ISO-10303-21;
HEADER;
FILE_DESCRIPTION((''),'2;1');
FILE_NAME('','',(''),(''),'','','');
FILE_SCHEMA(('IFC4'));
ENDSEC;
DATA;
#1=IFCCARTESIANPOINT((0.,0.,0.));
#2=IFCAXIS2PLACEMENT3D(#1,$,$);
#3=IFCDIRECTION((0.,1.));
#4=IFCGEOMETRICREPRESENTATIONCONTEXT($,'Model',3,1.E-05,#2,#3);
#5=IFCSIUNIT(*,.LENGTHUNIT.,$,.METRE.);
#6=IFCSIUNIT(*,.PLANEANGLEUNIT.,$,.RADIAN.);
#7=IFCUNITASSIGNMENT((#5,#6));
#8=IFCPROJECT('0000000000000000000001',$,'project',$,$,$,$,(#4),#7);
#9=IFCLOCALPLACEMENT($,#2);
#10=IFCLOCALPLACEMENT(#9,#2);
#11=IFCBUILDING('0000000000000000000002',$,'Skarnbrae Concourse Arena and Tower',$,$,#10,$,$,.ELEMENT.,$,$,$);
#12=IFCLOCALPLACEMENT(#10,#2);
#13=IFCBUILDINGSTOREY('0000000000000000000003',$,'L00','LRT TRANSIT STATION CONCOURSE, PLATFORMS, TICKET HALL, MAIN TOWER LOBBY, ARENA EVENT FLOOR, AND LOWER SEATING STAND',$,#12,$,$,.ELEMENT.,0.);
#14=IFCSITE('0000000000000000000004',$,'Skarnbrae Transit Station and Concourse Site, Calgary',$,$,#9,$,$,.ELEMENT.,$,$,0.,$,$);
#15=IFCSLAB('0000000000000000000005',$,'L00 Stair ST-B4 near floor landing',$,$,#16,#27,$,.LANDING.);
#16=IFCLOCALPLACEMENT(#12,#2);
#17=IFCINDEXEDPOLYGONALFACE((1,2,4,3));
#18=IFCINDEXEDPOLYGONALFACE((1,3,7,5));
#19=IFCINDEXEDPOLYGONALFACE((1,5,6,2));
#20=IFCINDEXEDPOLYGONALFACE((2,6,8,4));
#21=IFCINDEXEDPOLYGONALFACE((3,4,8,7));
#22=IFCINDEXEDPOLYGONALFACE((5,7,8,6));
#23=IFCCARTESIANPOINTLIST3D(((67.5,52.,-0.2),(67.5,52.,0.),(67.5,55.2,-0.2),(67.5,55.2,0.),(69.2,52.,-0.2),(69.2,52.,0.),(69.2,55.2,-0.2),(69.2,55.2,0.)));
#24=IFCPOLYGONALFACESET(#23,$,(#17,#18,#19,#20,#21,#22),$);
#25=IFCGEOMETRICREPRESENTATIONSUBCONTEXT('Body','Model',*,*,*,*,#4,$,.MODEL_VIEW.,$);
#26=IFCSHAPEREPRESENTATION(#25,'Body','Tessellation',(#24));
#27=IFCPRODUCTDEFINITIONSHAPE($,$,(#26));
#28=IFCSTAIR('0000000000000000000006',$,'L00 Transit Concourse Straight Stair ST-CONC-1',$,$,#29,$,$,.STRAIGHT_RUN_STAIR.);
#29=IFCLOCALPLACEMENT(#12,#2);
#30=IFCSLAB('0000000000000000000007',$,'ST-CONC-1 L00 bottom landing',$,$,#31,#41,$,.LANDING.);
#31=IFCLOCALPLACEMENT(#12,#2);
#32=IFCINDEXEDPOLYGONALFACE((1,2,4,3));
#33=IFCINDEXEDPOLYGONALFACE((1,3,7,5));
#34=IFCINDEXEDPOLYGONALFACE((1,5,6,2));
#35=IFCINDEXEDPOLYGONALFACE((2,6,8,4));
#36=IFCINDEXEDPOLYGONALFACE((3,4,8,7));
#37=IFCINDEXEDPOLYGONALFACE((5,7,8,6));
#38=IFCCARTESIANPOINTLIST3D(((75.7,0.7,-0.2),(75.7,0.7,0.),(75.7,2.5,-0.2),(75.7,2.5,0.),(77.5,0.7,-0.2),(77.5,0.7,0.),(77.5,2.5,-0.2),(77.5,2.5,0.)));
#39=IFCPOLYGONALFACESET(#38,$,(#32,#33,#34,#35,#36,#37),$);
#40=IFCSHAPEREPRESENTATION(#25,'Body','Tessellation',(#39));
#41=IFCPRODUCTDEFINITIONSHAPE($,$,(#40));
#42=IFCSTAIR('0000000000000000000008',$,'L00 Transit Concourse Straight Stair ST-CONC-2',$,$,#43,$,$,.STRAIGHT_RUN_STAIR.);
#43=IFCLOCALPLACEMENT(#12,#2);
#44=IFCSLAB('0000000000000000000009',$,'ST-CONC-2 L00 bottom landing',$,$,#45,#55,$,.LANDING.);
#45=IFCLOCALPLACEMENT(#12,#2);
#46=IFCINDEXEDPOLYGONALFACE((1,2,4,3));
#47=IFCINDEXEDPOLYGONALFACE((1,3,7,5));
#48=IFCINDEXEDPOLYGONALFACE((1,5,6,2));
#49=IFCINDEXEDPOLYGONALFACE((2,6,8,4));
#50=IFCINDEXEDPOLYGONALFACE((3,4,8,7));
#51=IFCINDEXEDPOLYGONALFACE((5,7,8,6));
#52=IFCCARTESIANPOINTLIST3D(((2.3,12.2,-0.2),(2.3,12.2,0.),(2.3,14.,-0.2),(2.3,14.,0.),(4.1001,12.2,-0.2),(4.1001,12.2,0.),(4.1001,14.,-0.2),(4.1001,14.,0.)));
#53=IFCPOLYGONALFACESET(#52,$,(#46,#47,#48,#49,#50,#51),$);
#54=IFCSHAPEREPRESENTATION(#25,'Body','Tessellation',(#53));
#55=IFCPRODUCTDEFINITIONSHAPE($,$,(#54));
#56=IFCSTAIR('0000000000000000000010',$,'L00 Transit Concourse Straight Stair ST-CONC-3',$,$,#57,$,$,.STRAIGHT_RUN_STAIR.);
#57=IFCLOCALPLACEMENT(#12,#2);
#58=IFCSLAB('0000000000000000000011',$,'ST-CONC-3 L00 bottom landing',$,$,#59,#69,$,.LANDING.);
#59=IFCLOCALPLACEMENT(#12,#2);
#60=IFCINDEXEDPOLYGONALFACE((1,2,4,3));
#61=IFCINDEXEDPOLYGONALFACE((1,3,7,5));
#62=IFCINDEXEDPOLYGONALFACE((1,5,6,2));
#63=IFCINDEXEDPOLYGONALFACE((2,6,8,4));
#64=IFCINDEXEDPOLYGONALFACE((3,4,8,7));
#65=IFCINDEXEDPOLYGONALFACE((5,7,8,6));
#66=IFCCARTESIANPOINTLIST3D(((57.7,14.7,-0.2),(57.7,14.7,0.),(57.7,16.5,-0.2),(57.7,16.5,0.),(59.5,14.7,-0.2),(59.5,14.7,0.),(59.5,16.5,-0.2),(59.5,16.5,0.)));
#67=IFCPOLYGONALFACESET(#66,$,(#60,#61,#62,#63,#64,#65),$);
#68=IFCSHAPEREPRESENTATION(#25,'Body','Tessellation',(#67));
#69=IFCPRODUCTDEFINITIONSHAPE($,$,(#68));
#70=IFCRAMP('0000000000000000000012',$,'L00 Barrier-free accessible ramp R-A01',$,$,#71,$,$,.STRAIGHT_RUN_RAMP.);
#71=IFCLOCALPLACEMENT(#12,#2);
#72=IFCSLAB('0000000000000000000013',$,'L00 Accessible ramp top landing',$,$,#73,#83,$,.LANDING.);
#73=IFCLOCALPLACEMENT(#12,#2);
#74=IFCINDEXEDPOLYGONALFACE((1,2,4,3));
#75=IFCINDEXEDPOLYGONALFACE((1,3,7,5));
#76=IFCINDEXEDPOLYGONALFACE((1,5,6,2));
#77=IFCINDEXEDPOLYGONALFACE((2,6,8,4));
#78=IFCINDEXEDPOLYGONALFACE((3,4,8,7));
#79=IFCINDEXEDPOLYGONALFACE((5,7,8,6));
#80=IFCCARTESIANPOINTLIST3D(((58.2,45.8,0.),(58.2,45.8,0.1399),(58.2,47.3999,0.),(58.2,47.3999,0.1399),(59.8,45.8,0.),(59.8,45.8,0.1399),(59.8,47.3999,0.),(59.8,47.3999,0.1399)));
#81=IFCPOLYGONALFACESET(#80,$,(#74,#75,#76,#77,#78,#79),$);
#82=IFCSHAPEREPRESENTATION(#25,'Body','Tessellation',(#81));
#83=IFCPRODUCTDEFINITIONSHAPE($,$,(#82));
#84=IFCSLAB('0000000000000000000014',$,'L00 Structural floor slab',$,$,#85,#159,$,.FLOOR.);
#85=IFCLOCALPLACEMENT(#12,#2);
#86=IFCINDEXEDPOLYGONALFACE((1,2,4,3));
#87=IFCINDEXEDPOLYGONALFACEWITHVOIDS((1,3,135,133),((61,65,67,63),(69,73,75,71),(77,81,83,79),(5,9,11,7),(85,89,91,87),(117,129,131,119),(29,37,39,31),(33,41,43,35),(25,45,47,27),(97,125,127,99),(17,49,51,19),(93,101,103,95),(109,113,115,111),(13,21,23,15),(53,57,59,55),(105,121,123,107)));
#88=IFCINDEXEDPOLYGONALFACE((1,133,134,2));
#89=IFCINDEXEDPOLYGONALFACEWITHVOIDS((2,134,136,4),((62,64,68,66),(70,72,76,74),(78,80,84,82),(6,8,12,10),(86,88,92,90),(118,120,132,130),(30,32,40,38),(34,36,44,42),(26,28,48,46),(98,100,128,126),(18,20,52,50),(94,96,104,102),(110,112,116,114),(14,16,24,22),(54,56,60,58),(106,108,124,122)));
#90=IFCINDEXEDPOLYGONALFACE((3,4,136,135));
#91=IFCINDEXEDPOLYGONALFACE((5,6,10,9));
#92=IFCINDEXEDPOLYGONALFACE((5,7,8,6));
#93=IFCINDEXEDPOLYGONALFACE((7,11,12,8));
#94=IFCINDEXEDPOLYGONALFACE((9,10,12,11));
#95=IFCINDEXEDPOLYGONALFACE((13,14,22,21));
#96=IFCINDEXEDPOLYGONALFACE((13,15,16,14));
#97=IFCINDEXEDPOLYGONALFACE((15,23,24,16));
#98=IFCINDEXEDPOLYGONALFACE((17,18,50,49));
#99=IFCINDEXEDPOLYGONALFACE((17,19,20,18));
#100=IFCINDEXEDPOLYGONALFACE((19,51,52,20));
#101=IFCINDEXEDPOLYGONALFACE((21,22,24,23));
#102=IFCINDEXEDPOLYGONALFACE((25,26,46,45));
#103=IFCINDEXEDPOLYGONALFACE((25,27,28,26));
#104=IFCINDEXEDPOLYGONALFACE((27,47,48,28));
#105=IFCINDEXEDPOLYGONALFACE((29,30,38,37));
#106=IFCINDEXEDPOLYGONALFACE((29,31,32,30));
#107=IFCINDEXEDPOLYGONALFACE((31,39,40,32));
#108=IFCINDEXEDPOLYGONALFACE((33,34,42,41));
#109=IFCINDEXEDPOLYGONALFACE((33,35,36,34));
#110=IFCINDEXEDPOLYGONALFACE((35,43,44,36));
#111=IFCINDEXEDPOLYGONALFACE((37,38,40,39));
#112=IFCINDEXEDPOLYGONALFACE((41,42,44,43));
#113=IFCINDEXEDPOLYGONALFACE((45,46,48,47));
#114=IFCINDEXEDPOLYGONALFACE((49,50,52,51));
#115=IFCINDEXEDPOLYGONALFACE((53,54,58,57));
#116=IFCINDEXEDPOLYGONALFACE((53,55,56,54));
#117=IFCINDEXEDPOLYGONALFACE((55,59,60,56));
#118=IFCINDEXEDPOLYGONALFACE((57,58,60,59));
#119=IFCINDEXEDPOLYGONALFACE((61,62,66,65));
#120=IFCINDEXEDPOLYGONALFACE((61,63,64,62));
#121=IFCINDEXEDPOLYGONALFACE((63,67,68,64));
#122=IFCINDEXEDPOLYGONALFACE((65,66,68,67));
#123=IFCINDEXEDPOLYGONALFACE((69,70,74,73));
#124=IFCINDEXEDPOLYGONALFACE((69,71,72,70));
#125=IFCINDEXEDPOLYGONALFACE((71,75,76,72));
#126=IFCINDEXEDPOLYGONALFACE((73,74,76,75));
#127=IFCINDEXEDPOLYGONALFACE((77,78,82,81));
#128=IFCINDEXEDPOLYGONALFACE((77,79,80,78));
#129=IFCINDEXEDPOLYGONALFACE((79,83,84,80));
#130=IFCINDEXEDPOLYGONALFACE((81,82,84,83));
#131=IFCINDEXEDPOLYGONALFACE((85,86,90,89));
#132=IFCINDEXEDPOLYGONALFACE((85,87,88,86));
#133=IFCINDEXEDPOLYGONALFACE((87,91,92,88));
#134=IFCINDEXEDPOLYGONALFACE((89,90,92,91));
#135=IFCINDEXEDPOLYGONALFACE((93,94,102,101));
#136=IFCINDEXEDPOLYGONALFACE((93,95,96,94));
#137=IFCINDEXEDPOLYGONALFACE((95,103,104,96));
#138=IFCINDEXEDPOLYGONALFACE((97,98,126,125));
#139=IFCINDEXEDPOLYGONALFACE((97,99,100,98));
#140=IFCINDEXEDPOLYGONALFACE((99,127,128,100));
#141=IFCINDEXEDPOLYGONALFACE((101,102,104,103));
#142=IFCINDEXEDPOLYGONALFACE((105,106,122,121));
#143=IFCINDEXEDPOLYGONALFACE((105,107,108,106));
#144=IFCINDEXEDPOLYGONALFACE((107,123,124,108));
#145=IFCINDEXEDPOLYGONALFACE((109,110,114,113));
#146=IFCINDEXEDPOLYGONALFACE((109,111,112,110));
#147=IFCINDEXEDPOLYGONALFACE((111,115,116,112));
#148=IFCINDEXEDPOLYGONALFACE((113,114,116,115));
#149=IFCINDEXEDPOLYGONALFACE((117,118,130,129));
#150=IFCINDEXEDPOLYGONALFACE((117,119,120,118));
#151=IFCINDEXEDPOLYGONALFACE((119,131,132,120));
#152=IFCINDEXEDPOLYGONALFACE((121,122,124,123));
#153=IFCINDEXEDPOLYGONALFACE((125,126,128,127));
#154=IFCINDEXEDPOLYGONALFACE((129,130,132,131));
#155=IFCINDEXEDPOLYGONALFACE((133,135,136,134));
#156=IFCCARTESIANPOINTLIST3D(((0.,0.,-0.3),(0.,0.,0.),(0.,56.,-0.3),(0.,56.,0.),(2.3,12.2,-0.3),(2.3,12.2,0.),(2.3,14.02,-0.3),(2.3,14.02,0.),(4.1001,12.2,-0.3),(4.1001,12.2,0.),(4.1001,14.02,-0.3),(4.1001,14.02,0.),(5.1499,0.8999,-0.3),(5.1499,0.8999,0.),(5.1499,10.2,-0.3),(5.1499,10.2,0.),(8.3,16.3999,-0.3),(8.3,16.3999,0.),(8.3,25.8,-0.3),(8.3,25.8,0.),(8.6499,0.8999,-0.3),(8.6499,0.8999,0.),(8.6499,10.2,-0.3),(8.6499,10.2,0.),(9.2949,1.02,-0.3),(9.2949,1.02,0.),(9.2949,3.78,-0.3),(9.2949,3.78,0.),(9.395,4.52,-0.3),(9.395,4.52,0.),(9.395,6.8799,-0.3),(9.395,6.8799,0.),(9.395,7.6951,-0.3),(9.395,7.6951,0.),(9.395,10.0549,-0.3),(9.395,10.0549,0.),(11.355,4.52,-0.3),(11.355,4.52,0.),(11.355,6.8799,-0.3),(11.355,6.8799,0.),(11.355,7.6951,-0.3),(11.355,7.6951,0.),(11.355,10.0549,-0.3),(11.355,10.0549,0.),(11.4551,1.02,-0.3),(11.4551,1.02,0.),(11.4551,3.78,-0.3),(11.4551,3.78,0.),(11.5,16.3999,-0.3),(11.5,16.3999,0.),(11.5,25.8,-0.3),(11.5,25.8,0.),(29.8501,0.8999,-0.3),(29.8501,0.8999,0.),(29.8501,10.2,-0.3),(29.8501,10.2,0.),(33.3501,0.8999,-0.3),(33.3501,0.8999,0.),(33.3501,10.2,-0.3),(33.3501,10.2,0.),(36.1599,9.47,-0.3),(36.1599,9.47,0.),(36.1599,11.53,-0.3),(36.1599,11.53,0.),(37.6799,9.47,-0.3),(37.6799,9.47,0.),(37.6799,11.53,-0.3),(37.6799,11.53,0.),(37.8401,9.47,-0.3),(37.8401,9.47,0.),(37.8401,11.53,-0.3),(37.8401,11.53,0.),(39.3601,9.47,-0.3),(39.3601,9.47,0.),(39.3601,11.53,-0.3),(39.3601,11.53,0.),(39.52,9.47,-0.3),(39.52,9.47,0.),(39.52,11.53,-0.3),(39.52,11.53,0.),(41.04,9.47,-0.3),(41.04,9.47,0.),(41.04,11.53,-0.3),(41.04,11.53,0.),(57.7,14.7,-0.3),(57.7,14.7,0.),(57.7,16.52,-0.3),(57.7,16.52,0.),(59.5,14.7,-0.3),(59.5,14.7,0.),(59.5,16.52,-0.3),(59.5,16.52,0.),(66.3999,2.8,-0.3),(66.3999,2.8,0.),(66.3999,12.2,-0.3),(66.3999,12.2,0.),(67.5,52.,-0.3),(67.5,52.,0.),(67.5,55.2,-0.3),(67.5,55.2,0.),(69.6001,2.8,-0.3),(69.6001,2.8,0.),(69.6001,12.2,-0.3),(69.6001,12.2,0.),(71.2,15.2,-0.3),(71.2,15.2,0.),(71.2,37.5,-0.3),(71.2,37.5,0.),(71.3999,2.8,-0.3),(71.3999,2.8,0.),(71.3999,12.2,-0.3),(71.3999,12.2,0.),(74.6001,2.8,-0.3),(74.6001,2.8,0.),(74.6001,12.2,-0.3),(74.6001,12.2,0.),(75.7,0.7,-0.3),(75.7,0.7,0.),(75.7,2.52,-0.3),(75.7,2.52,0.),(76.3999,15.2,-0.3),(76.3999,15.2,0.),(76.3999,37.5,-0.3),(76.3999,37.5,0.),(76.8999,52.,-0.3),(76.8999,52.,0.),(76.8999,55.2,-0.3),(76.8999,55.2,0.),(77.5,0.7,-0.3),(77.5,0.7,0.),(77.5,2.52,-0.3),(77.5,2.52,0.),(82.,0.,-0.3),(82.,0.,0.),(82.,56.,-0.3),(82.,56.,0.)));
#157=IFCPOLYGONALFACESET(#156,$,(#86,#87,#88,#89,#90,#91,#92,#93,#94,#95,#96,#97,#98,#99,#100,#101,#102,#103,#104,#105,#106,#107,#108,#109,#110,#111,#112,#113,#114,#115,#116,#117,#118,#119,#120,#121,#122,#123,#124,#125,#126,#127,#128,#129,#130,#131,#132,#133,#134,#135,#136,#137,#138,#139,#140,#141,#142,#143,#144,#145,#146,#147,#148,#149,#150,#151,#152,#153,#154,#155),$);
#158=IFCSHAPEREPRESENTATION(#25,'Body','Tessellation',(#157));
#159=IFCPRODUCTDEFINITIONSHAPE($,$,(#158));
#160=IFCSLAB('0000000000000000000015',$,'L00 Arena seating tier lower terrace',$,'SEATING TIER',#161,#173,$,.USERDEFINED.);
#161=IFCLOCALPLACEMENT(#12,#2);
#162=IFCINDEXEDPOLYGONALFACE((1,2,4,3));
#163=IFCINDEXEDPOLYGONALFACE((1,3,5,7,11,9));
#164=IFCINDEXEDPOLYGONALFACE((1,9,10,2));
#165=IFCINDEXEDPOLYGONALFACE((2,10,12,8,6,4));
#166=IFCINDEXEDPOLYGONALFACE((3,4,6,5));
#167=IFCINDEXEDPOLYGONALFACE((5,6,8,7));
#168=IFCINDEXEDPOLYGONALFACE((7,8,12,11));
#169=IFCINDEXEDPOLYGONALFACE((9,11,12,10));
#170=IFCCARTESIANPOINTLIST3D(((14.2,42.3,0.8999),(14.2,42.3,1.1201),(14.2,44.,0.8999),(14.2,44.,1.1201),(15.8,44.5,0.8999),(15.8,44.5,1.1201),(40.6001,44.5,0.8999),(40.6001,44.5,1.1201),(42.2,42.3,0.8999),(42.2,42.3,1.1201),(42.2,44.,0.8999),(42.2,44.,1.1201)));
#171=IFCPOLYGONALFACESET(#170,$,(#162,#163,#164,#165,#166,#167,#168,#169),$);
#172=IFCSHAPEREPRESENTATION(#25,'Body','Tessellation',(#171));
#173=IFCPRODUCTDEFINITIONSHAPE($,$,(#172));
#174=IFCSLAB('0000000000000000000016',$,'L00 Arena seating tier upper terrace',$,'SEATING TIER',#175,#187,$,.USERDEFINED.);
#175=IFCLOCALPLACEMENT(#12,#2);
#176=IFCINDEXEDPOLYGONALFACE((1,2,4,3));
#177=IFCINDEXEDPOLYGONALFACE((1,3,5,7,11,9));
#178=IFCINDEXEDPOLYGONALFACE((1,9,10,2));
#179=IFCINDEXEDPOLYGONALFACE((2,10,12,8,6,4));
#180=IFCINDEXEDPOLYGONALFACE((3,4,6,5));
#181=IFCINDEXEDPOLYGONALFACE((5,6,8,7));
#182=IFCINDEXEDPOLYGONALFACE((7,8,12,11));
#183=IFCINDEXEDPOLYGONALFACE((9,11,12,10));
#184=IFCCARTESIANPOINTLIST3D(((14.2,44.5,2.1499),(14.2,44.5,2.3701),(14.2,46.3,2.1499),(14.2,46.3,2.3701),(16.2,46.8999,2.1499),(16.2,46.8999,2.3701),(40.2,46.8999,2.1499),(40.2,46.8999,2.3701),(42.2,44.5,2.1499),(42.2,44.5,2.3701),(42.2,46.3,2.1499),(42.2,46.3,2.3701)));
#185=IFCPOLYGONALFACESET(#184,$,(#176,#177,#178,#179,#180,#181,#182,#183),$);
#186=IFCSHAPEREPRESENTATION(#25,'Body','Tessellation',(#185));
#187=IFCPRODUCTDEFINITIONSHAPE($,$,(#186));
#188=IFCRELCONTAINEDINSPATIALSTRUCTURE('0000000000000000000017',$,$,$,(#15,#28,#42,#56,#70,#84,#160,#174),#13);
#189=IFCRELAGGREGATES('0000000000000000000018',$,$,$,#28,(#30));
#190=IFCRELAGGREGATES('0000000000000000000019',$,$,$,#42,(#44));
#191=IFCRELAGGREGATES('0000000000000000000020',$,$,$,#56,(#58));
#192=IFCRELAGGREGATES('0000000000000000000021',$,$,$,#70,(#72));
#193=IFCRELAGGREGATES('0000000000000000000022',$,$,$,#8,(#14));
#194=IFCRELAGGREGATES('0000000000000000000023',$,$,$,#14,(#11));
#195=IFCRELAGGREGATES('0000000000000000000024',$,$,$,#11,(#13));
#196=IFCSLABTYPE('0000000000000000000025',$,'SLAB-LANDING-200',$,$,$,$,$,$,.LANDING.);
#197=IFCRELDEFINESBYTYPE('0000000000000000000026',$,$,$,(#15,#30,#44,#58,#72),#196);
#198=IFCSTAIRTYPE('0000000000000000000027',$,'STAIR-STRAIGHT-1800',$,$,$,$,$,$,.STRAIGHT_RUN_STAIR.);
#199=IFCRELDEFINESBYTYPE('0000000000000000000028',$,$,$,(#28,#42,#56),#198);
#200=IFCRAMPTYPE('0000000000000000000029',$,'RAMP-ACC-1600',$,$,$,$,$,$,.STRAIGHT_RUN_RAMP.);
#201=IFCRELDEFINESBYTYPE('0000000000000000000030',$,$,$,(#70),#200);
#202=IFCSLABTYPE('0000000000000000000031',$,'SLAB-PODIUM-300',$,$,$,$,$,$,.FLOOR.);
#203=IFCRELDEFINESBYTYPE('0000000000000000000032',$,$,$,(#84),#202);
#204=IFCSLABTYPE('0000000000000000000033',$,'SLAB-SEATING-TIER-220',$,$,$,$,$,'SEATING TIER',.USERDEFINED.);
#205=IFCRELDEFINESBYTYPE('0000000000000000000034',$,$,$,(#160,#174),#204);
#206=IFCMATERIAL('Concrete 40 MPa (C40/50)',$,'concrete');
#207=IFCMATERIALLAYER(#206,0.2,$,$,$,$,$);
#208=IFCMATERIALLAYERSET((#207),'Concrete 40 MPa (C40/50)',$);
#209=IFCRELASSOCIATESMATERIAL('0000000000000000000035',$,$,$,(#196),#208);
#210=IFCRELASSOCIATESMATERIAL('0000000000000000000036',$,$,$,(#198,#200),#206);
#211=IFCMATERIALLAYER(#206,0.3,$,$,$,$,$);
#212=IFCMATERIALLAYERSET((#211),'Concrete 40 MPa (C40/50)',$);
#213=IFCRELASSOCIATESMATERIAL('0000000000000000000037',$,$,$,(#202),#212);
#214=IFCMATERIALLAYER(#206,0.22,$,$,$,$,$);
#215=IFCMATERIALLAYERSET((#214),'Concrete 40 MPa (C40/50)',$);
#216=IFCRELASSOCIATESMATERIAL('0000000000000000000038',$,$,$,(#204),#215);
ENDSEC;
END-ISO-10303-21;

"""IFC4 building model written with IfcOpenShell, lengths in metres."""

from ifc_helpers import new_model, si_unit, direction, frame, origin, place, context, subcontext, project, spatial, polyline, outline, extrude, material, layer, layer_set, type_object, element, aggregate, save


model = new_model("IFC4")

# Units and contexts
model_context = context("Model", 3, precision=1e-05, world=origin(), true_north=direction((0.0, 1.0)))
body_context = subcontext(model_context, "Body", "Model", "MODEL_VIEW")
ifc_project = project(units=[si_unit("LENGTHUNIT", "METRE"), si_unit("PLANEANGLEUNIT", "RADIAN")], contexts=[model_context])

# Site, building, storey
site_placement = place(None, origin())
site = spatial("IfcSite", under=ifc_project, at=site_placement, Name="Skarnbrae Transit Station and Concourse Site, Calgary", CompositionType="ELEMENT", RefElevation=0.0)
building_placement = place(site_placement, origin())
building = spatial("IfcBuilding", under=site, at=building_placement, Name="Skarnbrae Concourse Arena and Tower", CompositionType="ELEMENT")
storey_placement = place(building_placement, origin())
storey = spatial("IfcBuildingStorey", under=building, at=storey_placement, Name="L00", Description="LRT TRANSIT STATION CONCOURSE, PLATFORMS, TICKET HALL, MAIN TOWER LOBBY, ARENA EVENT FLOOR, AND LOWER SEATING STAND", CompositionType="ELEMENT", Elevation=0.0)

# Shared definitions
ifc_material_1 = material(Name="Concrete 40 MPa (C40/50)", Category="concrete")
ifc_layer_1 = layer(ifc_material_1, 0.2)
ifc_layer_set_1 = layer_set([ifc_layer_1], Name="Concrete 40 MPa (C40/50)")
slab_type_1 = type_object("IfcSlabType", Name="SLAB-LANDING-200", PredefinedType="LANDING", material=ifc_layer_set_1)

# Slab
slab_1_placement = place(storey_placement, frame((0.0, 0.0, -0.2)))
element("IfcSlab", 1, at=slab_1_placement, inside=storey, type_object=slab_type_1, Name="L00 Stair ST-B4 near floor landing", PredefinedType="LANDING", context=body_context, shape_type="SweptSolid", body=[
    extrude(outline(polyline([(67.5, 52.0), (69.2, 52.0), (69.2, 55.2), (67.5, 55.2), (67.5, 52.0)])), origin(), (0.0, 0.0, 1.0), 0.2),
])

# Stairs, slabs
stair_type_1 = type_object("IfcStairType", Name="STAIR-STRAIGHT-1800", PredefinedType="STRAIGHT_RUN_STAIR", material=ifc_material_1)
stair_1_placement = place(storey_placement, origin())
stair_1 = element("IfcStair", 2, at=stair_1_placement, inside=storey, type_object=stair_type_1, Name="L00 Transit Concourse Straight Stair ST-CONC-1", PredefinedType="STRAIGHT_RUN_STAIR")
slab_2_placement = place(storey_placement, frame((0.0, 0.0, -0.2)))
slab_2 = element("IfcSlab", 3, at=slab_2_placement, type_object=slab_type_1, Name="ST-CONC-1 L00 bottom landing", PredefinedType="LANDING", context=body_context, shape_type="SweptSolid", body=[
    extrude(outline(polyline([(75.7, 0.7), (77.5, 0.7), (77.5, 2.5), (75.7, 2.5), (75.7, 0.7)])), origin(), (0.0, 0.0, 1.0), 0.2),
])
aggregate(stair_1, [slab_2])
stair_2_placement = place(storey_placement, origin())
stair_2 = element("IfcStair", 4, at=stair_2_placement, inside=storey, type_object=stair_type_1, Name="L00 Transit Concourse Straight Stair ST-CONC-2", PredefinedType="STRAIGHT_RUN_STAIR")
slab_3_placement = place(storey_placement, frame((0.0, 0.0, -0.2)))
slab_3 = element("IfcSlab", 5, at=slab_3_placement, type_object=slab_type_1, Name="ST-CONC-2 L00 bottom landing", PredefinedType="LANDING", context=body_context, shape_type="SweptSolid", body=[
    extrude(outline(polyline([(2.3, 12.2), (4.1001, 12.2), (4.1001, 14.0), (2.3, 14.0), (2.3, 12.2)])), origin(), (0.0, 0.0, 1.0), 0.2),
])
aggregate(stair_2, [slab_3])
stair_3_placement = place(storey_placement, origin())
stair_3 = element("IfcStair", 6, at=stair_3_placement, inside=storey, type_object=stair_type_1, Name="L00 Transit Concourse Straight Stair ST-CONC-3", PredefinedType="STRAIGHT_RUN_STAIR")
slab_4_placement = place(storey_placement, frame((0.0, 0.0, -0.2)))
slab_4 = element("IfcSlab", 7, at=slab_4_placement, type_object=slab_type_1, Name="ST-CONC-3 L00 bottom landing", PredefinedType="LANDING", context=body_context, shape_type="SweptSolid", body=[
    extrude(outline(polyline([(57.7, 14.7), (59.5, 14.7), (59.5, 16.5), (57.7, 16.5), (57.7, 14.7)])), origin(), (0.0, 0.0, 1.0), 0.2),
])
aggregate(stair_3, [slab_4])

# Ramp, slab
ramp_type = type_object("IfcRampType", Name="RAMP-ACC-1600", PredefinedType="STRAIGHT_RUN_RAMP", material=ifc_material_1)
ramp_placement = place(storey_placement, origin())
ramp = element("IfcRamp", 8, at=ramp_placement, inside=storey, type_object=ramp_type, Name="L00 Barrier-free accessible ramp R-A01", PredefinedType="STRAIGHT_RUN_RAMP")
slab_5_placement = place(storey_placement, origin())
slab_5 = element("IfcSlab", 9, at=slab_5_placement, type_object=slab_type_1, Name="L00 Accessible ramp top landing", PredefinedType="LANDING", context=body_context, shape_type="SweptSolid", body=[
    extrude(outline(polyline([(58.2, 45.8), (59.8, 45.8), (59.8, 47.3999), (58.2, 47.3999), (58.2, 45.8)])), origin(), (0.0, 0.0, 1.0), 0.1399),
])
aggregate(ramp, [slab_5])

# Slabs
ifc_layer_2 = layer(ifc_material_1, 0.3)
ifc_layer_set_2 = layer_set([ifc_layer_2], Name="Concrete 40 MPa (C40/50)")
slab_type_2 = type_object("IfcSlabType", Name="SLAB-PODIUM-300", PredefinedType="FLOOR", material=ifc_layer_set_2)
slab_6_placement = place(storey_placement, frame((0.0, 0.0, -0.3)))
element("IfcSlab", 10, at=slab_6_placement, inside=storey, type_object=slab_type_2, Name="L00 Structural floor slab", PredefinedType="FLOOR", context=body_context, shape_type="SweptSolid", body=[
    extrude(outline(polyline([(0.0, 0.0), (82.0, 0.0), (82.0, 56.0), (0.0, 56.0), (0.0, 0.0)]), holes=[polyline([(9.2949, 3.78), (11.4551, 3.78), (11.4551, 1.02), (9.2949, 1.02), (9.2949, 3.78)]), polyline([(8.6499, 10.2), (8.6499, 0.8999), (5.1499, 0.8999), (5.1499, 10.2), (8.6499, 10.2)]), polyline([(33.3501, 10.2), (33.3501, 0.8999), (29.8501, 0.8999), (29.8501, 10.2), (33.3501, 10.2)]), polyline([(9.395, 6.8799), (11.355, 6.8799), (11.355, 4.52), (9.395, 4.52), (9.395, 6.8799)]), polyline([(9.395, 10.0549), (11.355, 10.0549), (11.355, 7.6951), (9.395, 7.6951), (9.395, 10.0549)]), polyline([(36.1599, 11.53), (37.6799, 11.53), (37.6799, 9.47), (36.1599, 9.47), (36.1599, 11.53)]), polyline([(2.3, 14.02), (4.1001, 14.02), (4.1001, 12.2), (2.3, 12.2), (2.3, 14.02)]), polyline([(8.3, 16.3999), (8.3, 25.8), (11.5, 25.8), (11.5, 16.3999), (8.3, 16.3999)]), polyline([(75.7, 2.52), (77.5, 2.52), (77.5, 0.7), (75.7, 0.7), (75.7, 2.52)]), polyline([(66.3999, 2.8), (66.3999, 12.2), (69.6001, 12.2), (69.6001, 2.8), (66.3999, 2.8)]), polyline([(71.3999, 2.8), (71.3999, 12.2), (74.6001, 12.2), (74.6001, 2.8), (71.3999, 2.8)]), polyline([(37.8401, 11.53), (39.3601, 11.53), (39.3601, 9.47), (37.8401, 9.47), (37.8401, 11.53)]), polyline([(39.52, 11.53), (41.04, 11.53), (41.04, 9.47), (39.52, 9.47), (39.52, 11.53)]), polyline([(57.7, 16.52), (59.5, 16.52), (59.5, 14.7), (57.7, 14.7), (57.7, 16.52)]), polyline([(71.2, 37.5), (76.3999, 37.5), (76.3999, 15.2), (71.2, 15.2), (71.2, 37.5)]), polyline([(67.5, 55.2), (76.8999, 55.2), (76.8999, 52.0), (67.5, 52.0), (67.5, 55.2)])]), origin(), (0.0, 0.0, 1.0), 0.3),
])
ifc_layer_3 = layer(ifc_material_1, 0.22)
ifc_layer_set_3 = layer_set([ifc_layer_3], Name="Concrete 40 MPa (C40/50)")
slab_type_3 = type_object("IfcSlabType", Name="SLAB-SEATING-TIER-220", ElementType="SEATING TIER", PredefinedType="USERDEFINED", material=ifc_layer_set_3)
slab_7_placement = place(storey_placement, frame((0.0, 0.0, 0.8999)))
element("IfcSlab", 11, at=slab_7_placement, inside=storey, type_object=slab_type_3, Name="L00 Arena seating tier lower terrace", ObjectType="SEATING TIER", PredefinedType="USERDEFINED", context=body_context, shape_type="SweptSolid", body=[
    extrude(outline(polyline([(14.2, 42.3), (42.2, 42.3), (42.2, 44.0), (40.6001, 44.5), (15.8, 44.5), (14.2, 44.0), (14.2, 42.3)])), origin(), (0.0, 0.0, 1.0), 0.2202),
])
slab_8_placement = place(storey_placement, frame((0.0, 0.0, 2.1499)))
element("IfcSlab", 12, at=slab_8_placement, inside=storey, type_object=slab_type_3, Name="L00 Arena seating tier upper terrace", ObjectType="SEATING TIER", PredefinedType="USERDEFINED", context=body_context, shape_type="SweptSolid", body=[
    extrude(outline(polyline([(14.2, 44.5), (42.2, 44.5), (42.2, 46.3), (40.2, 46.8999), (16.2, 46.8999), (14.2, 46.3), (14.2, 44.5)])), origin(), (0.0, 0.0, 1.0), 0.2202),
])

save(model, "model.ifc")
